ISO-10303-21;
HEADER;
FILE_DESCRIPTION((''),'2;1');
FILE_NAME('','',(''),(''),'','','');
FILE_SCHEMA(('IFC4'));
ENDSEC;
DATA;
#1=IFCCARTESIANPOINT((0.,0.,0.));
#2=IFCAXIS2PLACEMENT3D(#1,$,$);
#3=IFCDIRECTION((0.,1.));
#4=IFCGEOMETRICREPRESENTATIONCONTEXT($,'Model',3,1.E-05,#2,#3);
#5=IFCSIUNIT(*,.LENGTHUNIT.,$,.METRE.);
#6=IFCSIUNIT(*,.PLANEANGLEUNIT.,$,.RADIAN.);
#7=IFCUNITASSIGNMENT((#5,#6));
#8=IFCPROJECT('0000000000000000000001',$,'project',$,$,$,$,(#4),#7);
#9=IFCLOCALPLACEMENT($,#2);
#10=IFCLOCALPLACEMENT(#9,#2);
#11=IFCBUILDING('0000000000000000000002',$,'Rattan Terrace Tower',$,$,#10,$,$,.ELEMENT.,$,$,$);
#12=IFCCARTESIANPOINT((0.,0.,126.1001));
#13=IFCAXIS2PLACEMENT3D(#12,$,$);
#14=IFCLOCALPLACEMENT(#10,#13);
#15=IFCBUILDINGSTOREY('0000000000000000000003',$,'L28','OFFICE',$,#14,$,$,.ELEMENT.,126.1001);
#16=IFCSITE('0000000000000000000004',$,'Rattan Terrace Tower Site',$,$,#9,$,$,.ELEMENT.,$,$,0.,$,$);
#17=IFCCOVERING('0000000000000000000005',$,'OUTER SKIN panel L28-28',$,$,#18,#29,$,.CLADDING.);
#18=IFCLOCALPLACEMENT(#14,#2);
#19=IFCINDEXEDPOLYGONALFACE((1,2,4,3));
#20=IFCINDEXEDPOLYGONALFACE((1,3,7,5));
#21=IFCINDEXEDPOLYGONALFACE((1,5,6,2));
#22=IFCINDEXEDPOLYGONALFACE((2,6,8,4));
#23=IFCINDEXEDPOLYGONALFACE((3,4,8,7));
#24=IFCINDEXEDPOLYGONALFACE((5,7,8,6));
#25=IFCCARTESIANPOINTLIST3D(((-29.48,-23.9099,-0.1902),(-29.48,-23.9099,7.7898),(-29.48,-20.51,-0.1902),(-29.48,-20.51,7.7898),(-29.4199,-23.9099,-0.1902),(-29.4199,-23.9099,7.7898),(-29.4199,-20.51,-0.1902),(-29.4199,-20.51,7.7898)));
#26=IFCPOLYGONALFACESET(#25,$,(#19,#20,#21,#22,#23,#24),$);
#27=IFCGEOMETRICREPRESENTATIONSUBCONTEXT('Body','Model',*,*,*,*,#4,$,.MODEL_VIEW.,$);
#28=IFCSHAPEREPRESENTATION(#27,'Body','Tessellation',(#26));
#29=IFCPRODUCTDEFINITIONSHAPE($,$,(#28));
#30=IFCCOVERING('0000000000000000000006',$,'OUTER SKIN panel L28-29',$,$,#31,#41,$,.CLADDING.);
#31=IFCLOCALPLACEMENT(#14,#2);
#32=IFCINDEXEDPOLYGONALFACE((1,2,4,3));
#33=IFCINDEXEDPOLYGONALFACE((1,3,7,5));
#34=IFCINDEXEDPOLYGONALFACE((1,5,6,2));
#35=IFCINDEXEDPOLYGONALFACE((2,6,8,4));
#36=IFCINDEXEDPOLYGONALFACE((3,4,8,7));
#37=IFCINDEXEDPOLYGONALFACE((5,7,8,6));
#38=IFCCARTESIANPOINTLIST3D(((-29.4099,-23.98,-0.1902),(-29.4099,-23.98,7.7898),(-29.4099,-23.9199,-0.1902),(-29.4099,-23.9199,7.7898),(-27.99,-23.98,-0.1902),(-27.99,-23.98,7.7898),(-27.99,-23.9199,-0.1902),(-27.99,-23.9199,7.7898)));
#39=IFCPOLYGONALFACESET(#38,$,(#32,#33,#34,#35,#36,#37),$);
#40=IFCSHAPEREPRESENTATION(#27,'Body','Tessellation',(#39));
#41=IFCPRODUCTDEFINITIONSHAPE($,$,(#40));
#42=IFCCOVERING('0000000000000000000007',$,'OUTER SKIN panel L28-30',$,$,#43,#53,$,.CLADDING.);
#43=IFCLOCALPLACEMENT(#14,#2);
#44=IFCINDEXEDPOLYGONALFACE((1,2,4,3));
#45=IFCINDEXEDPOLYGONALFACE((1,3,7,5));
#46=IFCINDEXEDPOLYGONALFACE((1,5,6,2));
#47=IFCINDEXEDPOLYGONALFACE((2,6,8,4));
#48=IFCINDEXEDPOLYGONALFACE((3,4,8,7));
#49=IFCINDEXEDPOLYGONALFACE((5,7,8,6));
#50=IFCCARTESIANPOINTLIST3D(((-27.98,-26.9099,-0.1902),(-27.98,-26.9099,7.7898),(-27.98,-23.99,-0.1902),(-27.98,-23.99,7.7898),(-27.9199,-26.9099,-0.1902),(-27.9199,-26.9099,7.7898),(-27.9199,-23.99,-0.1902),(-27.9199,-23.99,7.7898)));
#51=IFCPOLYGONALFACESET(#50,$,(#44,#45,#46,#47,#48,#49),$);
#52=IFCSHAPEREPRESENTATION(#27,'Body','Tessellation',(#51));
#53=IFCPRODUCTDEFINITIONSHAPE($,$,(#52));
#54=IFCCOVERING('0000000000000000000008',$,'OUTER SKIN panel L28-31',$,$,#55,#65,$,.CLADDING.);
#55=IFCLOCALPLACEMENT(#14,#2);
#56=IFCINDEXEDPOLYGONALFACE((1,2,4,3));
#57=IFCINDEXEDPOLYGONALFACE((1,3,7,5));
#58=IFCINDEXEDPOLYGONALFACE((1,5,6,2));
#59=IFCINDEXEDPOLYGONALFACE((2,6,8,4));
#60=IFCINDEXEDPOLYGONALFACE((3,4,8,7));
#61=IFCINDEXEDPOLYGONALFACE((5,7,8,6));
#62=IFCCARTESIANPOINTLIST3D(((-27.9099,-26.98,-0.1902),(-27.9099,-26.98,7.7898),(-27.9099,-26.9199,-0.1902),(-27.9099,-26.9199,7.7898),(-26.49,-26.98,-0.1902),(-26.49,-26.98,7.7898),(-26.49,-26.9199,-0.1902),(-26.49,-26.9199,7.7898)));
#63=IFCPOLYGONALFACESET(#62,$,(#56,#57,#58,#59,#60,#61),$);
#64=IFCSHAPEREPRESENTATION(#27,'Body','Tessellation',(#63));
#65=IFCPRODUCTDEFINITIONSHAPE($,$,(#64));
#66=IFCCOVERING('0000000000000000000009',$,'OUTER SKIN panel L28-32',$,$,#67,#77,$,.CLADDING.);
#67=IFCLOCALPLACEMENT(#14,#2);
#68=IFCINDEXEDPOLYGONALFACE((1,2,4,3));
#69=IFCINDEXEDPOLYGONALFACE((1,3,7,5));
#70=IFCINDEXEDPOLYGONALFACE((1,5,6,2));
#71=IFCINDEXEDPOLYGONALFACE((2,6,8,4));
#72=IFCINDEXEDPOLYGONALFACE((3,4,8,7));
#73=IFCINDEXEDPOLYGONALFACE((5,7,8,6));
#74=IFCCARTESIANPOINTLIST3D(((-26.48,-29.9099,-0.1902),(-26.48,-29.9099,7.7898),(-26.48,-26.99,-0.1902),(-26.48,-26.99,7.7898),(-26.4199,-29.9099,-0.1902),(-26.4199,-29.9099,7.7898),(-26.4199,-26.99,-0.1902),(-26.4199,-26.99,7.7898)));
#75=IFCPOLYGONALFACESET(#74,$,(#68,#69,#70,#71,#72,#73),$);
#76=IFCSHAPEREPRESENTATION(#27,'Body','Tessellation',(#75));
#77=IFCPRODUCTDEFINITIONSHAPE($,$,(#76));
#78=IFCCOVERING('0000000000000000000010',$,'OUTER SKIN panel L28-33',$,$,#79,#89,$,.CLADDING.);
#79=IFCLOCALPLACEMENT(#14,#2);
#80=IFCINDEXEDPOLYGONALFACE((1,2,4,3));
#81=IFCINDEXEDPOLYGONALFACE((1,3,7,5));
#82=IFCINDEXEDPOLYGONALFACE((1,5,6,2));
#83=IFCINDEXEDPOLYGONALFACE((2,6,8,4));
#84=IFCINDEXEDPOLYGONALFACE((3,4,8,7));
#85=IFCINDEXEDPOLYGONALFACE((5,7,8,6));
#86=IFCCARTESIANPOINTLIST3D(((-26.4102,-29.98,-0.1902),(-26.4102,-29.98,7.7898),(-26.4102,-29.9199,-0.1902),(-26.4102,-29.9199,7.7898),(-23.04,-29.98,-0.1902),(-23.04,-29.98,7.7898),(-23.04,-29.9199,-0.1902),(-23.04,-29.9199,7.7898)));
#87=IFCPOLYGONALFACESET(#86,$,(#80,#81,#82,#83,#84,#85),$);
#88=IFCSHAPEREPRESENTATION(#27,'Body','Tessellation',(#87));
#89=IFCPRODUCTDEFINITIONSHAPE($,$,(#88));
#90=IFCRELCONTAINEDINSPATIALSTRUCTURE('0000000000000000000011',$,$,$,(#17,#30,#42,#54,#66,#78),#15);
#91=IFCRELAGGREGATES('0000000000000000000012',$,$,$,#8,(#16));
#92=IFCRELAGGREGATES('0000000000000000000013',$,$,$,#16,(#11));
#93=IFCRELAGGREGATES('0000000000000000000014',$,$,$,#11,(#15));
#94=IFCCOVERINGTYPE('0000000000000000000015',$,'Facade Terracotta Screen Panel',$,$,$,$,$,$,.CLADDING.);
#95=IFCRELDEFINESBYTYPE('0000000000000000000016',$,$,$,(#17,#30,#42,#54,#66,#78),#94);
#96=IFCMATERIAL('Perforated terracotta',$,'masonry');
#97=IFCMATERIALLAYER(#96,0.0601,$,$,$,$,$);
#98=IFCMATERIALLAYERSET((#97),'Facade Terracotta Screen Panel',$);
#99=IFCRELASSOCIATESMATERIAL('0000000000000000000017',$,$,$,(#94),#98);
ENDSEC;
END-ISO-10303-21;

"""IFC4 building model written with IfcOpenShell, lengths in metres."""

from ifc_helpers import new_model, si_unit, direction, frame, origin, origin_2d, place, context, subcontext, project, spatial, rectangle, extrude, material, layer, layer_set, type_object, element, save


model = new_model("IFC4")

# Units and contexts
model_context = context("Model", 3, precision=1e-05, world=origin(), true_north=direction((0.0, 1.0)))
body_context = subcontext(model_context, "Body", "Model", "MODEL_VIEW")
ifc_project = project(units=[si_unit("LENGTHUNIT", "METRE"), si_unit("PLANEANGLEUNIT", "RADIAN")], contexts=[model_context])

# Site, building, storey
site_placement = place(None, origin())
site = spatial("IfcSite", under=ifc_project, at=site_placement, Name="Rattan Terrace Tower Site", CompositionType="ELEMENT", RefElevation=0.0)
building_placement = place(site_placement, origin())
building = spatial("IfcBuilding", under=site, at=building_placement, Name="Rattan Terrace Tower", CompositionType="ELEMENT")
storey_placement = place(building_placement, frame((0.0, 0.0, 126.1001)))
storey = spatial("IfcBuildingStorey", under=building, at=storey_placement, Name="L28", Description="OFFICE", CompositionType="ELEMENT", Elevation=126.1001)

# Coverings
ifc_material_1 = material(Name="Perforated terracotta", Category="masonry")
ifc_layer_1 = layer(ifc_material_1, 0.0601)
ifc_layer_set_1 = layer_set([ifc_layer_1], Name="Facade Terracotta Screen Panel")
covering_type = type_object("IfcCoveringType", Name="Facade Terracotta Screen Panel", PredefinedType="CLADDING", material=ifc_layer_set_1)
covering_1_placement = place(storey_placement, frame((-29.45, -22.21, -0.1902), z_axis=(0.0, 0.0, 1.0), x_axis=(0.0, -1.0, 0.0)))
element("IfcCovering", 1, at=covering_1_placement, inside=storey, type_object=covering_type, Name="OUTER SKIN panel L28-28", PredefinedType="CLADDING", context=body_context, shape_type="SweptSolid", body=[
    extrude(rectangle(XDim=3.3999, YDim=0.0601, at=origin_2d()), origin(), (0.0, 0.0, 1.0), 7.98),
])
covering_2_placement = place(storey_placement, frame((-28.7, -23.95, -0.1902), z_axis=(0.0, 0.0, 1.0), x_axis=(1.0, 0.0, 0.0)))
element("IfcCovering", 2, at=covering_2_placement, inside=storey, type_object=covering_type, Name="OUTER SKIN panel L28-29", PredefinedType="CLADDING", context=body_context, shape_type="SweptSolid", body=[
    extrude(rectangle(XDim=1.4199, YDim=0.0601, at=origin_2d()), origin(), (0.0, 0.0, 1.0), 7.98),
])
covering_3_placement = place(storey_placement, frame((-27.95, -25.45, -0.1902), z_axis=(0.0, 0.0, 1.0), x_axis=(0.0, -1.0, 0.0)))
element("IfcCovering", 3, at=covering_3_placement, inside=storey, type_object=covering_type, Name="OUTER SKIN panel L28-30", PredefinedType="CLADDING", context=body_context, shape_type="SweptSolid", body=[
    extrude(rectangle(XDim=2.9199, YDim=0.0601, at=origin_2d()), origin(), (0.0, 0.0, 1.0), 7.98),
])
covering_4_placement = place(storey_placement, frame((-27.2, -26.95, -0.1902), z_axis=(0.0, 0.0, 1.0), x_axis=(1.0, 0.0, 0.0)))
element("IfcCovering", 4, at=covering_4_placement, inside=storey, type_object=covering_type, Name="OUTER SKIN panel L28-31", PredefinedType="CLADDING", context=body_context, shape_type="SweptSolid", body=[
    extrude(rectangle(XDim=1.4199, YDim=0.0601, at=origin_2d()), origin(), (0.0, 0.0, 1.0), 7.98),
])
covering_5_placement = place(storey_placement, frame((-26.45, -28.45, -0.1902), z_axis=(0.0, 0.0, 1.0), x_axis=(0.0, -1.0, 0.0)))
element("IfcCovering", 5, at=covering_5_placement, inside=storey, type_object=covering_type, Name="OUTER SKIN panel L28-32", PredefinedType="CLADDING", context=body_context, shape_type="SweptSolid", body=[
    extrude(rectangle(XDim=2.9199, YDim=0.0601, at=origin_2d()), origin(), (0.0, 0.0, 1.0), 7.98),
])
covering_6_placement = place(storey_placement, frame((-24.7251, -29.95, -0.1902), z_axis=(0.0, 0.0, 1.0), x_axis=(1.0, 0.0, 0.0)))
element("IfcCovering", 6, at=covering_6_placement, inside=storey, type_object=covering_type, Name="OUTER SKIN panel L28-33", PredefinedType="CLADDING", context=body_context, shape_type="SweptSolid", body=[
    extrude(rectangle(XDim=3.3701, YDim=0.0601, at=origin_2d()), origin(), (0.0, 0.0, 1.0), 7.98),
])

save(model, "model.ifc")
